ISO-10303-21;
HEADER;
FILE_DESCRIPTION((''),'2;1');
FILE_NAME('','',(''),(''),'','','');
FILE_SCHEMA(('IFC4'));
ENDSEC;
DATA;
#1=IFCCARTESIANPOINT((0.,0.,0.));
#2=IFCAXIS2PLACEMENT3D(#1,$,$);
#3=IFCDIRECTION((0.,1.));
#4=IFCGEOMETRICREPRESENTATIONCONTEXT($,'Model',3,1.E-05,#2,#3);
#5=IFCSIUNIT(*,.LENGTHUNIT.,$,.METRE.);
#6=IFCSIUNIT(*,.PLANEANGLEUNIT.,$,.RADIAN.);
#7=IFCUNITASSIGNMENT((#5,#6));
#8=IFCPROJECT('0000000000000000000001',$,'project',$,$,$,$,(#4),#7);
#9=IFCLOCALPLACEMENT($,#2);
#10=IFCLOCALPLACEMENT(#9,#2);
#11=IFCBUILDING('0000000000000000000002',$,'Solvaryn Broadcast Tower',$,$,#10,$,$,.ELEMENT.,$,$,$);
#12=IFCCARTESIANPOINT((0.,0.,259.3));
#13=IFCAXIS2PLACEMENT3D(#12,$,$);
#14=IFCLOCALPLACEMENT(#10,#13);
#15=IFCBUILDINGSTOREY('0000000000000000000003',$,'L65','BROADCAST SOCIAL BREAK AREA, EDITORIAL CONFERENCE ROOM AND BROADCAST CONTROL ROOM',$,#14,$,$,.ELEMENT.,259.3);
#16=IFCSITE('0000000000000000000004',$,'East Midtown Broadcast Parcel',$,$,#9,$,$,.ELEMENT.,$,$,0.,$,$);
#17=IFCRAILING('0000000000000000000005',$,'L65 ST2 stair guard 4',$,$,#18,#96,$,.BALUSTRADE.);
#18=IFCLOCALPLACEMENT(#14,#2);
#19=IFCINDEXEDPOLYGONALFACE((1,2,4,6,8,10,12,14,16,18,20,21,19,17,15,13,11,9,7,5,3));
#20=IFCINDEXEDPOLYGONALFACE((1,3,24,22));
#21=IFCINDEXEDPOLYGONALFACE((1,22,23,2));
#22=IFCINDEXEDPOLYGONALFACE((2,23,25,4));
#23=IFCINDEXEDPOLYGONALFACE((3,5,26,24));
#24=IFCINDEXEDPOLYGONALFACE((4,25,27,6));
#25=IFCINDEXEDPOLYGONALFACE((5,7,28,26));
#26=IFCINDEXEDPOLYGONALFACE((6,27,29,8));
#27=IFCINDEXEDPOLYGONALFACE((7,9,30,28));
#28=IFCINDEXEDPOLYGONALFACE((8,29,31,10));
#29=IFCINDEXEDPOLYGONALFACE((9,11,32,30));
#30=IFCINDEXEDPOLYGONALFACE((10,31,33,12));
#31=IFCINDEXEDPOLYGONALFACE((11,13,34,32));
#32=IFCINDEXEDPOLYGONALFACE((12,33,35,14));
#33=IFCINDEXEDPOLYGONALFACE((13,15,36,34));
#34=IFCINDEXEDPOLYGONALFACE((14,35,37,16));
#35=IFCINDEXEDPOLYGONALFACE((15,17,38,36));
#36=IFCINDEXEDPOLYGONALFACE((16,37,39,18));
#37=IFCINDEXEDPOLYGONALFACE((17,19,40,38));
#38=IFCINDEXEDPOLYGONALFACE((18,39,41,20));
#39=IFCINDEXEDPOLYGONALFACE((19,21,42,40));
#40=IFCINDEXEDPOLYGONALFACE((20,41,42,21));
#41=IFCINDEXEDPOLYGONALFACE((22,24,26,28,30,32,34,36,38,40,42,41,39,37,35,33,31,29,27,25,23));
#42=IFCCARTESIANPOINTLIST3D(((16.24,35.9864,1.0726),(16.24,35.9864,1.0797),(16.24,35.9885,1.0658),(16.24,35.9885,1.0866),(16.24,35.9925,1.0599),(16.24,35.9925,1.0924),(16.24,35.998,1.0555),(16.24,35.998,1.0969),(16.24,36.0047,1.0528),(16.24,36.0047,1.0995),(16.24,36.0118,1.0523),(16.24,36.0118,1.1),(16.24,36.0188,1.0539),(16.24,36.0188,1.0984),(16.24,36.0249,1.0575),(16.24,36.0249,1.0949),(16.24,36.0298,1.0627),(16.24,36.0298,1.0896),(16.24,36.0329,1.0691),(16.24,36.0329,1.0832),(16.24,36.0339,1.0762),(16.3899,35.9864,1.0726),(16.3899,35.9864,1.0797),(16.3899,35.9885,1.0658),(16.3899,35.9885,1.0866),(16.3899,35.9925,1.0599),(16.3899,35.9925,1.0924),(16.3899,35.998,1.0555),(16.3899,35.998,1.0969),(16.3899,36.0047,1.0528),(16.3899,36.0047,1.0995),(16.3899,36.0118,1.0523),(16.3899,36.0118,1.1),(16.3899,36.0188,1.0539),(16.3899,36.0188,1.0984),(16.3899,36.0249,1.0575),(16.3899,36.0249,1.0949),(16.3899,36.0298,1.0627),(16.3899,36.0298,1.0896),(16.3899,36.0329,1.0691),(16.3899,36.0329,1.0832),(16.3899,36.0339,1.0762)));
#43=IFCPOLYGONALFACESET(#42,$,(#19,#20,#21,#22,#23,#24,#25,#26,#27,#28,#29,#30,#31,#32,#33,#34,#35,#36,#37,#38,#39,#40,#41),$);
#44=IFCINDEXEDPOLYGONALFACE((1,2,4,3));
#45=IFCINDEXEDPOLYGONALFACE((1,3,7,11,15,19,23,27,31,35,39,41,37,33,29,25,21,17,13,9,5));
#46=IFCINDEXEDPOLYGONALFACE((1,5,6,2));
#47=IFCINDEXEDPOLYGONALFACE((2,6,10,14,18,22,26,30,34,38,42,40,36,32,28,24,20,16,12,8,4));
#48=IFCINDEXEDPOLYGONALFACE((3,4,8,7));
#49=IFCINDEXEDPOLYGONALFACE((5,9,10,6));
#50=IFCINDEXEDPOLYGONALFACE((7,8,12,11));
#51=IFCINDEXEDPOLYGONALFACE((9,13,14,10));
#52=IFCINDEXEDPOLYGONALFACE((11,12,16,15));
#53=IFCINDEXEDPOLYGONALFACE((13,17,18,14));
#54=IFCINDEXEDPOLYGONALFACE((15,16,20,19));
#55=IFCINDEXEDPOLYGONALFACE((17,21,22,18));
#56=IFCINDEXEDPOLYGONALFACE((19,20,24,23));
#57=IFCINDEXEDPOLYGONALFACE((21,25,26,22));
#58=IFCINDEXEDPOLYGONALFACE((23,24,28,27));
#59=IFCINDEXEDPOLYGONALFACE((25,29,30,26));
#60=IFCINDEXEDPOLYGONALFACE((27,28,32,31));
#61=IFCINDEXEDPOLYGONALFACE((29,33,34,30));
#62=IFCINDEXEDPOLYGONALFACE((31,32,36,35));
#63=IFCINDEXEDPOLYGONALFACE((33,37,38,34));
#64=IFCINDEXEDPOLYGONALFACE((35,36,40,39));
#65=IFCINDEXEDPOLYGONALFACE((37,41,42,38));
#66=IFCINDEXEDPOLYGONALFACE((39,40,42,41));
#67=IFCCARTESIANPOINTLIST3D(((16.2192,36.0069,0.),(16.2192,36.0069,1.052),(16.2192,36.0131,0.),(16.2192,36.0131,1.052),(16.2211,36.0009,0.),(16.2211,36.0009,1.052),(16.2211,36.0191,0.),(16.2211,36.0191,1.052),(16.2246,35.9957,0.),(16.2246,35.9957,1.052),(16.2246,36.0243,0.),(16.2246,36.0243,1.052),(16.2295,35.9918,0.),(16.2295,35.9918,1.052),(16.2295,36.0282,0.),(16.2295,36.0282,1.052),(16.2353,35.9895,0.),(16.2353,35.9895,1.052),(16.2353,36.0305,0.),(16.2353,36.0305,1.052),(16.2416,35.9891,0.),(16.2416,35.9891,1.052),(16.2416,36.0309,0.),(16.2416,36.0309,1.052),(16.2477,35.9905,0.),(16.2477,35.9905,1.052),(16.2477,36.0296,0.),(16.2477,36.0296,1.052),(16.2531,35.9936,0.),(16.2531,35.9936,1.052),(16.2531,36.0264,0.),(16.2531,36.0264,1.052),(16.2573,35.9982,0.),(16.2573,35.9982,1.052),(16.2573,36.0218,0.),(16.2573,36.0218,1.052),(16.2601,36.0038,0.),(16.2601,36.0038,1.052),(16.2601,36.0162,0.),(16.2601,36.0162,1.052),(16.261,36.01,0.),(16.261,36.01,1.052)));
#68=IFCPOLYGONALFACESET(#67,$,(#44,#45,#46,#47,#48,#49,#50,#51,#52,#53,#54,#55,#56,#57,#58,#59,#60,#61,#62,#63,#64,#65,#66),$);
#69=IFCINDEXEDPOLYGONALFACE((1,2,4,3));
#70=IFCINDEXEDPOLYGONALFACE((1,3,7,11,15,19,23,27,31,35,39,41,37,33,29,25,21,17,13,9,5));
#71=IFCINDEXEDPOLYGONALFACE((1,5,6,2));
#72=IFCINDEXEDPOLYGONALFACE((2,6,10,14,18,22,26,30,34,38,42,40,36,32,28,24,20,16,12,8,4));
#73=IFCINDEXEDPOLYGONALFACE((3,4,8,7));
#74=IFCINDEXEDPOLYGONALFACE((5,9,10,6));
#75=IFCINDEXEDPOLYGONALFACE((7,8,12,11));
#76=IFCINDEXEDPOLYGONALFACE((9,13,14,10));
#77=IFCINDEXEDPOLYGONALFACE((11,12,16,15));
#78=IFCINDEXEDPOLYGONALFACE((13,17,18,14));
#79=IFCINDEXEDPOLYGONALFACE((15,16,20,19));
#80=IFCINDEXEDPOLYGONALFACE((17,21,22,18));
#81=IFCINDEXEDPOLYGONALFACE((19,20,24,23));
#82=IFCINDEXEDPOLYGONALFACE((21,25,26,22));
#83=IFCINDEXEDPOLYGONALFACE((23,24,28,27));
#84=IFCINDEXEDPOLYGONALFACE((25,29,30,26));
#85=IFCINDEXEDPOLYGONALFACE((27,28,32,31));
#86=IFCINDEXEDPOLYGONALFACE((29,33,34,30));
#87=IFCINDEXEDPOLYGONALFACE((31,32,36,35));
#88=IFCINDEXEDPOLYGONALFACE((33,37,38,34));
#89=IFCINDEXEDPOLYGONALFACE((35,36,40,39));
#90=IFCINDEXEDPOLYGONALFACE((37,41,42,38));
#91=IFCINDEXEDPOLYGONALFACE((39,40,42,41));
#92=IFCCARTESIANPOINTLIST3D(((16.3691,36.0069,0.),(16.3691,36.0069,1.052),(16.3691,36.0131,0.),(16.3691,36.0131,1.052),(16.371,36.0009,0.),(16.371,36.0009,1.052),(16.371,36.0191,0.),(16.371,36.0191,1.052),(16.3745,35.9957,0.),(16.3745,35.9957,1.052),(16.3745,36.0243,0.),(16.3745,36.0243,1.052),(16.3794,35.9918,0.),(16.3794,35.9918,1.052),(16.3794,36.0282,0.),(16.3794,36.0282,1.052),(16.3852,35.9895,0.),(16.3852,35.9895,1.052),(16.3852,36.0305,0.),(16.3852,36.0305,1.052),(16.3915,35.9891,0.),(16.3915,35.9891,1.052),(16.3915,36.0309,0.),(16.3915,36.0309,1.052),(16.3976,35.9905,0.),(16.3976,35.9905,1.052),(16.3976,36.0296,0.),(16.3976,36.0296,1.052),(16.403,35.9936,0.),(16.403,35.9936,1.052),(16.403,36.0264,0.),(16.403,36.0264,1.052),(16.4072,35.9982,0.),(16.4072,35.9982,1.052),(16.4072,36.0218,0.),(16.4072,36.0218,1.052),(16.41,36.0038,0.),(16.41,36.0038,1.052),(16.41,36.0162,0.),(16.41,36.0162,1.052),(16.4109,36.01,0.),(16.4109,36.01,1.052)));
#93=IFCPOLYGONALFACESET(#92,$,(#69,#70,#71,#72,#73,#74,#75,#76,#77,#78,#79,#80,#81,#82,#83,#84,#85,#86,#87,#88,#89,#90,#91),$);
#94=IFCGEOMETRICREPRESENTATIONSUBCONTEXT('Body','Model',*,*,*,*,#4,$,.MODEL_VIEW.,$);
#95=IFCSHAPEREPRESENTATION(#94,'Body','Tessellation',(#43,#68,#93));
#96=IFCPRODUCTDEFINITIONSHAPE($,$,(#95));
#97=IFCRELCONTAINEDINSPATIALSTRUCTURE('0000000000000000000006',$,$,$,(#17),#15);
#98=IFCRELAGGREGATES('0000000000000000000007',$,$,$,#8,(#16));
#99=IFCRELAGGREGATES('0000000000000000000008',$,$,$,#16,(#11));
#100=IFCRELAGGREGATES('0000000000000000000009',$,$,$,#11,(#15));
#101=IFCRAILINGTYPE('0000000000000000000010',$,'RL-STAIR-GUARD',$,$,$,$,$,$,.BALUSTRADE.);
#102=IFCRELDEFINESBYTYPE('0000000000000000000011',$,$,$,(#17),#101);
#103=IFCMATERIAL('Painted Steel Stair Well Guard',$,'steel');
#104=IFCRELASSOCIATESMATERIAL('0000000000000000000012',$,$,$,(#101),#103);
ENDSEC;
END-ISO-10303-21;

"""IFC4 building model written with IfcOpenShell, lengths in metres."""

from ifc_helpers import new_model, si_unit, direction, frame, origin, origin_2d, place, context, subcontext, project, spatial, circle, extrude, material, type_object, element, save


model = new_model("IFC4")

# Units and contexts
model_context = context("Model", 3, precision=1e-05, world=origin(), true_north=direction((0.0, 1.0)))
body_context = subcontext(model_context, "Body", "Model", "MODEL_VIEW")
ifc_project = project(units=[si_unit("LENGTHUNIT", "METRE"), si_unit("PLANEANGLEUNIT", "RADIAN")], contexts=[model_context])

# Site, building, storey
site_placement = place(None, origin())
site = spatial("IfcSite", under=ifc_project, at=site_placement, Name="East Midtown Broadcast Parcel", CompositionType="ELEMENT", RefElevation=0.0)
building_placement = place(site_placement, origin())
building = spatial("IfcBuilding", under=site, at=building_placement, Name="Solvaryn Broadcast Tower", CompositionType="ELEMENT")
storey_placement = place(building_placement, frame((0.0, 0.0, 259.3)))
storey = spatial("IfcBuildingStorey", under=building, at=storey_placement, Name="L65", Description="BROADCAST SOCIAL BREAK AREA, EDITORIAL CONFERENCE ROOM AND BROADCAST CONTROL ROOM", CompositionType="ELEMENT", Elevation=259.3)

# Railing
ifc_material_1 = material(Name="Painted Steel Stair Well Guard", Category="steel")
railing_type_1 = type_object("IfcRailingType", Name="RL-STAIR-GUARD", PredefinedType="BALUSTRADE", material=ifc_material_1)
railing_1_placement = place(storey_placement, frame((16.24, 36.01, 0.0)))
element("IfcRailing", 1, at=railing_1_placement, inside=storey, type_object=railing_type_1, Name="L65 ST2 stair guard 4", PredefinedType="BALUSTRADE", context=body_context, shape_type="SweptSolid", body=[
    extrude(circle(Radius=0.0239, at=origin_2d()), frame((0.0, 0.0, 1.0762), z_axis=(1.0, 0.0, 0.0), x_axis=(0.0, 1.0, 0.0)), (0.0, 0.0, 1.0), 0.1499),
    extrude(circle(Radius=0.021, at=origin_2d()), origin(), (0.0, 0.0, 1.0), 1.052),
    extrude(circle(Radius=0.021, at=origin_2d()), frame((0.1499, 0.0, 0.0)), (0.0, 0.0, 1.0), 1.052),
])

save(model, "model.ifc")
